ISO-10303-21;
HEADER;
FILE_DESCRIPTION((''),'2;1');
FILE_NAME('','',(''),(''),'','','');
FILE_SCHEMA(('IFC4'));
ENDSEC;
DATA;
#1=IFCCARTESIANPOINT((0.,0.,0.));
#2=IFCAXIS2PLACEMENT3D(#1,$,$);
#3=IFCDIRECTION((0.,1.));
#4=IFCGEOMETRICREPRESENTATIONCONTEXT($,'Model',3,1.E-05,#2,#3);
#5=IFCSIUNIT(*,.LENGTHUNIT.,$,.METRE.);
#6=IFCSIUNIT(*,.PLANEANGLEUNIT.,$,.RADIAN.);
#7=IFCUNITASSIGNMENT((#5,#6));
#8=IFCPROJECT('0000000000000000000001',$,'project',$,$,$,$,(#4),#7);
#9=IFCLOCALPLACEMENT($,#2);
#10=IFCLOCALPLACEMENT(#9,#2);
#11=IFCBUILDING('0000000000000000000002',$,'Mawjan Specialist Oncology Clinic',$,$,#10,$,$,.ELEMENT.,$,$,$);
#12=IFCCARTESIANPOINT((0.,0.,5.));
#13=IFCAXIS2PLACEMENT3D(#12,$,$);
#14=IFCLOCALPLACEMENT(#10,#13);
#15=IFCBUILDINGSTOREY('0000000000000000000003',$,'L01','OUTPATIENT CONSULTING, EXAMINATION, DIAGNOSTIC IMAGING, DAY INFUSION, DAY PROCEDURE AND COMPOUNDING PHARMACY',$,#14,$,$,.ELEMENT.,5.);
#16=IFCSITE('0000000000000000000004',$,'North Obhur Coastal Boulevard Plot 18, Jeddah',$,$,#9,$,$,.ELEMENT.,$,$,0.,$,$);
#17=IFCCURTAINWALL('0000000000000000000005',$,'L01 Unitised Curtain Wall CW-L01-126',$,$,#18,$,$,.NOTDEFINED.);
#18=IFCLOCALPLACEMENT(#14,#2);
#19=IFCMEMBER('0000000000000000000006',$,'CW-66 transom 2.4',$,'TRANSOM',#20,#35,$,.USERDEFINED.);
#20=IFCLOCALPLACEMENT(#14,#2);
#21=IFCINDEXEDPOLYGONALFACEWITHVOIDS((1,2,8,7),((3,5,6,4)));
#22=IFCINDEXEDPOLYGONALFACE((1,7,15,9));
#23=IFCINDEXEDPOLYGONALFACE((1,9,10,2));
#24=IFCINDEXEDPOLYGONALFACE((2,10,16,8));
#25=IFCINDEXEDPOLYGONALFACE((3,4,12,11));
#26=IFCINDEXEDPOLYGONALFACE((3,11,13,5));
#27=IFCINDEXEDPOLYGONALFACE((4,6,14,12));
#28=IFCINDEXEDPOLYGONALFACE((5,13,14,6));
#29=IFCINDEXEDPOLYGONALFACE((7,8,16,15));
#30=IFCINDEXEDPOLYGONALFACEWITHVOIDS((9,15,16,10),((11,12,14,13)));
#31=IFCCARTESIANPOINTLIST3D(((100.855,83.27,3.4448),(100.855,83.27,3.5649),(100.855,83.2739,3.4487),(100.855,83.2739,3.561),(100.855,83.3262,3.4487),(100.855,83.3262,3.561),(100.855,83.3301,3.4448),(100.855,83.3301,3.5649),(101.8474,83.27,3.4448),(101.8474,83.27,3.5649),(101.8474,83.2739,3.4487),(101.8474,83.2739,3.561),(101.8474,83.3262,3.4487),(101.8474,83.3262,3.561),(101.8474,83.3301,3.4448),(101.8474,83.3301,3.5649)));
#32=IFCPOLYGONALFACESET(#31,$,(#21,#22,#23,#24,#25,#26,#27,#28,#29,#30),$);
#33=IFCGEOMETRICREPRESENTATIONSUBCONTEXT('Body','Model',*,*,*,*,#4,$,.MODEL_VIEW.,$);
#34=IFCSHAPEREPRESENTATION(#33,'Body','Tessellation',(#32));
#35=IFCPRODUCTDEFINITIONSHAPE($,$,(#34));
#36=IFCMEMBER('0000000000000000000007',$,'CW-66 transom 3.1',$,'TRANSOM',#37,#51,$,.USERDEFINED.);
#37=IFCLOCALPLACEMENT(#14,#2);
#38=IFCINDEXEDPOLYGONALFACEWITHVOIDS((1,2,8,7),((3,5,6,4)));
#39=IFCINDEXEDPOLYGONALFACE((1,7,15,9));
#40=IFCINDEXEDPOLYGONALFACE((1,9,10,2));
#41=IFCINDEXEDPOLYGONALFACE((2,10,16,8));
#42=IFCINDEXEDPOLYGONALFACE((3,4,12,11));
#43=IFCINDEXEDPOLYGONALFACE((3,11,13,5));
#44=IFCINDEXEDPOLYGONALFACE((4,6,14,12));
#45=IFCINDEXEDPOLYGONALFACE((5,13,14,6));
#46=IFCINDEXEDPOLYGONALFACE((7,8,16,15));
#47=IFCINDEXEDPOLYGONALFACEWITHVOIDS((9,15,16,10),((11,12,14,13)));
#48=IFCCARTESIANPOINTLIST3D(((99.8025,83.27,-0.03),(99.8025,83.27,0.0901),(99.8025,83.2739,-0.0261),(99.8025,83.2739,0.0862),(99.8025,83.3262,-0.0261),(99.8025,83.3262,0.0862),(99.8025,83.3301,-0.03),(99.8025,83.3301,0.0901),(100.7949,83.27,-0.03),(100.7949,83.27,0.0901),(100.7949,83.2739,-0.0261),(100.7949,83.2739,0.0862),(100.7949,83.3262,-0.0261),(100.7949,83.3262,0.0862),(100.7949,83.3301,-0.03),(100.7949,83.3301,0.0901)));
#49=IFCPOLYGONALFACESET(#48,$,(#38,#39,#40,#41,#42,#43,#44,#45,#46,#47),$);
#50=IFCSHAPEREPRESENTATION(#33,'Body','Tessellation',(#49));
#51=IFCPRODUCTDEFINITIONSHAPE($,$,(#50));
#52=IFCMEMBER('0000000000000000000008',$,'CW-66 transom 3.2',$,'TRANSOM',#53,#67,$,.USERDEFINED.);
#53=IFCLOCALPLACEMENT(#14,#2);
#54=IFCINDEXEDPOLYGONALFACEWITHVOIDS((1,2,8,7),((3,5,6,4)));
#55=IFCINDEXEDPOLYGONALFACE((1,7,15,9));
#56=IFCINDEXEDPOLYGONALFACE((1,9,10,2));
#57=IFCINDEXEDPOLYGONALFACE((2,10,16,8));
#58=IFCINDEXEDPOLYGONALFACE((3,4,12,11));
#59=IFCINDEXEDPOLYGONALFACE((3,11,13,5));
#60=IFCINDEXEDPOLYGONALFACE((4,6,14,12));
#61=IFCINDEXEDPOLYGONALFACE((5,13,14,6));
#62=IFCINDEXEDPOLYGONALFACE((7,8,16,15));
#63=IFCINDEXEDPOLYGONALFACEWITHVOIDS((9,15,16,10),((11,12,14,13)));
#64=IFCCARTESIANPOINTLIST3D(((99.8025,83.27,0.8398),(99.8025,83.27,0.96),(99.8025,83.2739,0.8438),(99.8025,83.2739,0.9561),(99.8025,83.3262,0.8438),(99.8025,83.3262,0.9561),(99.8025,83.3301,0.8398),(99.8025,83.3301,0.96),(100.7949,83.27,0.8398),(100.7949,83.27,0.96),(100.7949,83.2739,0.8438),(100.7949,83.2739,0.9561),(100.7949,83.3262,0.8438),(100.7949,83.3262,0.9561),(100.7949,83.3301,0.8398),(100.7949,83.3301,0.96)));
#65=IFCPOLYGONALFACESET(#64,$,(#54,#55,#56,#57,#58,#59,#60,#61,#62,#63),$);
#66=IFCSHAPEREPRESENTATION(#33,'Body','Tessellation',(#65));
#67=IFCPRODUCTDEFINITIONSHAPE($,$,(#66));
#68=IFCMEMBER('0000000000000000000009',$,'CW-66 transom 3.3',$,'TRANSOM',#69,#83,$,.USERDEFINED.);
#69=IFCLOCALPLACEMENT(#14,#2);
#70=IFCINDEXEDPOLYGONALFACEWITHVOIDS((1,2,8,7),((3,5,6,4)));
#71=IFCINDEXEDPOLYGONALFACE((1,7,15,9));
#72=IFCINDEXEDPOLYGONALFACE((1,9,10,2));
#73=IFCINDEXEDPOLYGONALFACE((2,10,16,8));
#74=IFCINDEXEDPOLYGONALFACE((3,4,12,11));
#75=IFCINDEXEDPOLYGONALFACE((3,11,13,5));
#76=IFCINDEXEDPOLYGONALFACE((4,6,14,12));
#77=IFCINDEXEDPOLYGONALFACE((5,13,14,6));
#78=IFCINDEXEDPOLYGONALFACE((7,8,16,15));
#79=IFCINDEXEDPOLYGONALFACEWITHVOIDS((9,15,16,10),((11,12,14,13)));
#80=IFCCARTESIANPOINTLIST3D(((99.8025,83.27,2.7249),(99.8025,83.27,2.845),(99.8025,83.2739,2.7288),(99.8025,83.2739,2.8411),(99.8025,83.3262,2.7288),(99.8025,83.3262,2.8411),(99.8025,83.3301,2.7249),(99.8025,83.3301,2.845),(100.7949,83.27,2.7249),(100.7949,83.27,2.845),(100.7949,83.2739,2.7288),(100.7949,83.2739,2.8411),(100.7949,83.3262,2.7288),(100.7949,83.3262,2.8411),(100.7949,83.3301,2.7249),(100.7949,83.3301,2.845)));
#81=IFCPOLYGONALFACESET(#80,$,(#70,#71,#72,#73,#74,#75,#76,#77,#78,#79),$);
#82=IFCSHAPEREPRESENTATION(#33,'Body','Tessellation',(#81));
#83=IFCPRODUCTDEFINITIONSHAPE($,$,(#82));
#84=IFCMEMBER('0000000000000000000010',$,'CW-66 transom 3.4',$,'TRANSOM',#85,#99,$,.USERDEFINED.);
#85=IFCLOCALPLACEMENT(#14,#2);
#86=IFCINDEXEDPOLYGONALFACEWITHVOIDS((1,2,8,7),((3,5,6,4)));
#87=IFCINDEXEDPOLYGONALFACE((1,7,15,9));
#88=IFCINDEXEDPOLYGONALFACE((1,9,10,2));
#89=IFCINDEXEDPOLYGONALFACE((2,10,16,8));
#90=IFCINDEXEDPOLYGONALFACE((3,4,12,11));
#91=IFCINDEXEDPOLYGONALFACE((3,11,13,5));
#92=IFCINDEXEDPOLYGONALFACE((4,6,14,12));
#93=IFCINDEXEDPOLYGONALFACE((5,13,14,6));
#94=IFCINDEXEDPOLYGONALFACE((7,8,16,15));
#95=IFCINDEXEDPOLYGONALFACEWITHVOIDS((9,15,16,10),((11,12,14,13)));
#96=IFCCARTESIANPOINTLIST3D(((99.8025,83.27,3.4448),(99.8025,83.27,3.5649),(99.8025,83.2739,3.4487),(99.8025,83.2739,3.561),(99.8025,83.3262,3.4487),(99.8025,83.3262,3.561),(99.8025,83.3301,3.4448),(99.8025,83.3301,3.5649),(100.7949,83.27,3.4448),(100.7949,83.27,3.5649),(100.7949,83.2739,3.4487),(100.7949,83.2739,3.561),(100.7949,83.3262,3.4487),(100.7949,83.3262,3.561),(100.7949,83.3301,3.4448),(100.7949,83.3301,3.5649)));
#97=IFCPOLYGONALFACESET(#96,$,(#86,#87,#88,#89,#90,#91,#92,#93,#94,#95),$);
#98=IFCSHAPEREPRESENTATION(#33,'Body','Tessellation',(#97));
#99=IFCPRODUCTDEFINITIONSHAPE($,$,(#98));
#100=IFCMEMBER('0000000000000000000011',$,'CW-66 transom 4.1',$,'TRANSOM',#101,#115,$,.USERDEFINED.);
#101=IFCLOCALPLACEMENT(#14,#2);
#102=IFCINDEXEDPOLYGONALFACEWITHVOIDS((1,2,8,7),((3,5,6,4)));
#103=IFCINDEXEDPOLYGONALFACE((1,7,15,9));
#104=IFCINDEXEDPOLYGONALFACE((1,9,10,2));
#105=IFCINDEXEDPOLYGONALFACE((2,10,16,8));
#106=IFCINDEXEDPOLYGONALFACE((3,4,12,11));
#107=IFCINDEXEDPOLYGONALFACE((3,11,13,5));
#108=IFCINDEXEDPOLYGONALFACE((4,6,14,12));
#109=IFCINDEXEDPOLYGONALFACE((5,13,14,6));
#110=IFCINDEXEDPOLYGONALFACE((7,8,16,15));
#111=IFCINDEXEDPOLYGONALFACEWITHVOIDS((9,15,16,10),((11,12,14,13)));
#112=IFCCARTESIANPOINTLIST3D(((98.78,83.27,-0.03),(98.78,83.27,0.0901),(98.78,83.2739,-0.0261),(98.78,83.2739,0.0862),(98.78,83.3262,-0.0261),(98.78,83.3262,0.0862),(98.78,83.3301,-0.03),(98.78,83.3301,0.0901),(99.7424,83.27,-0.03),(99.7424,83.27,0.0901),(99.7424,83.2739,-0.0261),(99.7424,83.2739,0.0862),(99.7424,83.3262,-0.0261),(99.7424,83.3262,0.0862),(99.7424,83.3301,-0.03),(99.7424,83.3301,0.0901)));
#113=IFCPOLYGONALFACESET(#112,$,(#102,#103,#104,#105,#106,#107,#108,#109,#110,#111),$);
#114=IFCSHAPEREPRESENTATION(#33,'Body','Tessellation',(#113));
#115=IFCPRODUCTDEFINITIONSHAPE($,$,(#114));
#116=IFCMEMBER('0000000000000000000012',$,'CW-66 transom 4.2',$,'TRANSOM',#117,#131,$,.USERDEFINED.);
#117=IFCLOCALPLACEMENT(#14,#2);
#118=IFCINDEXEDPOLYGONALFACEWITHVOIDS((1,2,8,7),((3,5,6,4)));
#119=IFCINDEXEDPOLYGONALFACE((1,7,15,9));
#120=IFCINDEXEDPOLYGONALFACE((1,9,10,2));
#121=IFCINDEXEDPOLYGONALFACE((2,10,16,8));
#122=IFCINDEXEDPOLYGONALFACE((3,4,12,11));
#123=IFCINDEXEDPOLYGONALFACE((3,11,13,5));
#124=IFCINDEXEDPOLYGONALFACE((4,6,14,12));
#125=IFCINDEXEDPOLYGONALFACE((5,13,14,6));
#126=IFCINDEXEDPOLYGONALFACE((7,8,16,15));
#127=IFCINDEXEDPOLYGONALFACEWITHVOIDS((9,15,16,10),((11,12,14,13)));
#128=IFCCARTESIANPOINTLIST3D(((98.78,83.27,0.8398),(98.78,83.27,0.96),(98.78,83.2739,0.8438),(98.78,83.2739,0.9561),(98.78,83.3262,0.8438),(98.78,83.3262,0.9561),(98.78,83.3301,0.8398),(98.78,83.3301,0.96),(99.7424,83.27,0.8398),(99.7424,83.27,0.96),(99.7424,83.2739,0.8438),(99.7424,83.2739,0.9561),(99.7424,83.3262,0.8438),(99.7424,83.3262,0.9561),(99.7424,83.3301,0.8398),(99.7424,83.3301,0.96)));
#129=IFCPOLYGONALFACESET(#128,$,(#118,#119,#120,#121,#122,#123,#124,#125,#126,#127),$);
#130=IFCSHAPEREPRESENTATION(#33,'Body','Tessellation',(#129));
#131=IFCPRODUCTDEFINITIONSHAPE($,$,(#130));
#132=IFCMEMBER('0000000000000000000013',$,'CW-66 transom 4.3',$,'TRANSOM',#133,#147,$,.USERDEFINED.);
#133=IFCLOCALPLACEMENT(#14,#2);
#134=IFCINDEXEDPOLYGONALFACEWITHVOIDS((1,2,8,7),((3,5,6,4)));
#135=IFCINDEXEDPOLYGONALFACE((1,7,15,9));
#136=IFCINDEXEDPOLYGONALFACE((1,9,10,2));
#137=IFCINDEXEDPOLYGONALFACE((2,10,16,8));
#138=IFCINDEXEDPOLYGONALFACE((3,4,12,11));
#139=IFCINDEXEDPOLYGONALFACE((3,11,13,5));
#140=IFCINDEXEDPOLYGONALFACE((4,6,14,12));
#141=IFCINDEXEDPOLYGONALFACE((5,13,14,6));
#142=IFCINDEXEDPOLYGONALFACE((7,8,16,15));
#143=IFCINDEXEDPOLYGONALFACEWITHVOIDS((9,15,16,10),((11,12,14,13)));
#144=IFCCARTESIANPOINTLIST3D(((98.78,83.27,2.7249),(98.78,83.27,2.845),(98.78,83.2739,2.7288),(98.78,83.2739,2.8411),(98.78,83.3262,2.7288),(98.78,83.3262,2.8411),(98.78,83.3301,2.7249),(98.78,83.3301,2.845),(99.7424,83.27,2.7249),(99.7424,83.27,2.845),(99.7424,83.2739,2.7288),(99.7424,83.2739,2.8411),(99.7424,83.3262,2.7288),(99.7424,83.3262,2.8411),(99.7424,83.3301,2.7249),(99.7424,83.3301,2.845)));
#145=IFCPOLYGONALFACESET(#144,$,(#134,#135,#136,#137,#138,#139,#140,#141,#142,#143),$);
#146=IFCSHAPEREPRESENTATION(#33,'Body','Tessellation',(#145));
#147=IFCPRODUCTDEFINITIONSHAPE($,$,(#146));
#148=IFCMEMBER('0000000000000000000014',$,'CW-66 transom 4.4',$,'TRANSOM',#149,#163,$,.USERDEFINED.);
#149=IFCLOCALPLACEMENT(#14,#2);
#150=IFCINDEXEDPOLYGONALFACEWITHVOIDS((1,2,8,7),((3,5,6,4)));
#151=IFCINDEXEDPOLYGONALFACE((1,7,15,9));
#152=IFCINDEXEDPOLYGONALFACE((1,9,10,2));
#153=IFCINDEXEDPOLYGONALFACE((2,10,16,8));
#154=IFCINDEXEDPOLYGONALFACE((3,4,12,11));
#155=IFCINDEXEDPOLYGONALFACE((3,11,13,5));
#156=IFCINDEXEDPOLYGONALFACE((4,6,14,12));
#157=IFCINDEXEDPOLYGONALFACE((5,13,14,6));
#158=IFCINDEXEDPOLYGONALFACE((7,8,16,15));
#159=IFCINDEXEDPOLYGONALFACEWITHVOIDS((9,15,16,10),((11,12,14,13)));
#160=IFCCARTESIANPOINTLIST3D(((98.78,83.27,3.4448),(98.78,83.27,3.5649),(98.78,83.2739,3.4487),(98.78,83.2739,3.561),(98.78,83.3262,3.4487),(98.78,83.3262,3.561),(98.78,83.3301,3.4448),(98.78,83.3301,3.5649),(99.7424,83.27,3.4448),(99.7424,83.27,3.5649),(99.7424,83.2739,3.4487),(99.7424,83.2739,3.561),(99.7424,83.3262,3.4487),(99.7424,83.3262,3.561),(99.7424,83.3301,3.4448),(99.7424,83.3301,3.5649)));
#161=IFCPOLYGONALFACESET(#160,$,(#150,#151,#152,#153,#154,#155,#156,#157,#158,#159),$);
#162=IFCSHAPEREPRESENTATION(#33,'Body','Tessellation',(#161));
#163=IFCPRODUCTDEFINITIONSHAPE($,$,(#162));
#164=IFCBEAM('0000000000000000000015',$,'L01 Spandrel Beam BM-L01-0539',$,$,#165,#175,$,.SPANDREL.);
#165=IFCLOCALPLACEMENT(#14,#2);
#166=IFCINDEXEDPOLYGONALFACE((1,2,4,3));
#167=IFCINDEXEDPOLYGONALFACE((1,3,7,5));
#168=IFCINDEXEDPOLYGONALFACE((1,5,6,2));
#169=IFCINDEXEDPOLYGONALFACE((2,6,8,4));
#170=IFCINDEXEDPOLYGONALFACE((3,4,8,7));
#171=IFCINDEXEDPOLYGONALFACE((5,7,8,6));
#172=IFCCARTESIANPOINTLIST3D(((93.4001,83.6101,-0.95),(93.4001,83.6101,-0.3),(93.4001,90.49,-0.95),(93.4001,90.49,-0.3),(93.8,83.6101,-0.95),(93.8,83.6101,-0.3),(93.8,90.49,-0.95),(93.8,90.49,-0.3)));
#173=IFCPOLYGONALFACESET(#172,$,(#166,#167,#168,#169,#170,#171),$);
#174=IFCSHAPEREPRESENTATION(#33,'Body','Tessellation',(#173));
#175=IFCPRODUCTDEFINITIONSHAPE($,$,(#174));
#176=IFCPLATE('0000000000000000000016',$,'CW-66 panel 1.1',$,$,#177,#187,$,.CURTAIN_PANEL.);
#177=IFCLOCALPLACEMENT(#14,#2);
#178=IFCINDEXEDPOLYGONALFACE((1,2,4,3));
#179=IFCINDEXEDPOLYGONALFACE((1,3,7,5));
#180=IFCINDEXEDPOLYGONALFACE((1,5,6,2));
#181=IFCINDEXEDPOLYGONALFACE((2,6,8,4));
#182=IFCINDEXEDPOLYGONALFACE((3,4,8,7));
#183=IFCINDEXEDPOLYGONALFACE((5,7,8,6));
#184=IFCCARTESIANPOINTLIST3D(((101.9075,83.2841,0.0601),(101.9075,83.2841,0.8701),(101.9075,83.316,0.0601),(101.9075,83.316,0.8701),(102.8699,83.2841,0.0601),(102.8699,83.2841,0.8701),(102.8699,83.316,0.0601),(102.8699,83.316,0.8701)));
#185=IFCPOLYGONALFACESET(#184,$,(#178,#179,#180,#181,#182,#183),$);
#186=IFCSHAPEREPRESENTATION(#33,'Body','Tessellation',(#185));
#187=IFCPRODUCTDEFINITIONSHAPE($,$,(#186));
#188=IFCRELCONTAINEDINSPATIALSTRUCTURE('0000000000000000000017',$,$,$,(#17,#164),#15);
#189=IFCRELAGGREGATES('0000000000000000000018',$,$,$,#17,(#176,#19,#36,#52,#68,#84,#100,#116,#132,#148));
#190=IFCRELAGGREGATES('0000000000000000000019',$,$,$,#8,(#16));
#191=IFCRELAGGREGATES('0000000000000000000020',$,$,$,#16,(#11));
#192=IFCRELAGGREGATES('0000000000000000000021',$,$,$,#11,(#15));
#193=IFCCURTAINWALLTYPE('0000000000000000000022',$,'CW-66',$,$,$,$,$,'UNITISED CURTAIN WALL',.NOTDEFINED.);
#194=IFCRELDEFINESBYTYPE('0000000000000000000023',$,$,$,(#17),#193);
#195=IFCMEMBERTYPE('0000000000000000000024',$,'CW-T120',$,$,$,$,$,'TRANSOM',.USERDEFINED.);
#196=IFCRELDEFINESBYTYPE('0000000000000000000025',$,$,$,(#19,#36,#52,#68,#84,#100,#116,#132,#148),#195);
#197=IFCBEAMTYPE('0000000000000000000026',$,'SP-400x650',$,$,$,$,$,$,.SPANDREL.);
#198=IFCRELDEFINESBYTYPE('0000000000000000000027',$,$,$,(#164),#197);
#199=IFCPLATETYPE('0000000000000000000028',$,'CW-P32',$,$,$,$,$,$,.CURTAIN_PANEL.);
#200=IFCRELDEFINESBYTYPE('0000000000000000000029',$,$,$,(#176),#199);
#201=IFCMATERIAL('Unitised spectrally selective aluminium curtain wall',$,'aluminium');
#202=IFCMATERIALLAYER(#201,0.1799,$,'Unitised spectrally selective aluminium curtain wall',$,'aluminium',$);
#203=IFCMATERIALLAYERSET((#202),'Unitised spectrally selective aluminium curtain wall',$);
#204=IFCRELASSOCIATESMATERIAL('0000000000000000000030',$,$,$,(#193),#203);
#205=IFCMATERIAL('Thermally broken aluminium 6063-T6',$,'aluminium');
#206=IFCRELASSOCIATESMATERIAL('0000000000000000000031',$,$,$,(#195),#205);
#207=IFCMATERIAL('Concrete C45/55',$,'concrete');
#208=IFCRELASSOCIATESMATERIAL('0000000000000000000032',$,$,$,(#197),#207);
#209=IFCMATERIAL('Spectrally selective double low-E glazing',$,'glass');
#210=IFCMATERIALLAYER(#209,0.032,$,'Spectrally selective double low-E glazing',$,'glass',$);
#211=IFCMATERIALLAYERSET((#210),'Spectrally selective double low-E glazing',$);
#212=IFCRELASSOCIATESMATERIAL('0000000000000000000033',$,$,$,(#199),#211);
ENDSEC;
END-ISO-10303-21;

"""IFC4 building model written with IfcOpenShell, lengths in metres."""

from ifc_helpers import new_model, si_unit, direction, frame, origin, origin_2d, place, context, subcontext, project, spatial, rectangle, hollow_rectangle, extrude, material, layer, layer_set, material_profile, profile_set, type_object, element, aggregate, save


model = new_model("IFC4")

# Units and contexts
model_context = context("Model", 3, precision=1e-05, world=origin(), true_north=direction((0.0, 1.0)))
body_context = subcontext(model_context, "Body", "Model", "MODEL_VIEW")
ifc_project = project(units=[si_unit("LENGTHUNIT", "METRE"), si_unit("PLANEANGLEUNIT", "RADIAN")], contexts=[model_context])

# Site, building, storey
site_placement = place(None, origin())
site = spatial("IfcSite", under=ifc_project, at=site_placement, Name="North Obhur Coastal Boulevard Plot 18, Jeddah", CompositionType="ELEMENT", RefElevation=0.0)
building_placement = place(site_placement, origin())
building = spatial("IfcBuilding", under=site, at=building_placement, Name="Mawjan Specialist Oncology Clinic", CompositionType="ELEMENT")
storey_placement = place(building_placement, frame((0.0, 0.0, 5.0)))
storey = spatial("IfcBuildingStorey", under=building, at=storey_placement, Name="L01", Description="OUTPATIENT CONSULTING, EXAMINATION, DIAGNOSTIC IMAGING, DAY INFUSION, DAY PROCEDURE AND COMPOUNDING PHARMACY", CompositionType="ELEMENT", Elevation=5.0)

# Curtain wall, members
ifc_material_1 = material(Name="Unitised spectrally selective aluminium curtain wall", Category="aluminium")
ifc_layer_1 = layer(ifc_material_1, 0.1799, Name="Unitised spectrally selective aluminium curtain wall", Category="aluminium")
ifc_layer_set_1 = layer_set([ifc_layer_1], Name="Unitised spectrally selective aluminium curtain wall")
curtain_wall_type = type_object("IfcCurtainWallType", Name="CW-66", ElementType="UNITISED CURTAIN WALL", PredefinedType="NOTDEFINED", material=ifc_layer_set_1)
curtain_wall_placement = place(storey_placement, origin())
curtain_wall = element("IfcCurtainWall", 1, at=curtain_wall_placement, inside=storey, type_object=curtain_wall_type, Name="L01 Unitised Curtain Wall CW-L01-126", PredefinedType="NOTDEFINED")
ifc_material_2 = material(Name="Thermally broken aluminium 6063-T6", Category="aluminium")
ifc_material_profile_1 = material_profile(ifc_material_2, hollow_rectangle(XDim=0.0601, YDim=0.1201, WallThickness=0.0039, at=origin_2d()), Name="ALU TRANSOM 120x60x4", Category="aluminium")
ifc_profile_set_1 = profile_set([ifc_material_profile_1], Name="Thermally broken aluminium 6063-T6")
member_type_1 = type_object("IfcMemberType", Name="CW-T120", ElementType="TRANSOM", PredefinedType="USERDEFINED", material=ifc_profile_set_1)
member_1_placement = place(storey_placement, frame((101.8474, 83.3, 3.5049), z_axis=(-1.0, 0.0, 0.0), x_axis=(0.0, -1.0, 0.0)))
member_1 = element("IfcMember", 2, at=member_1_placement, type_object=member_type_1, Name="CW-66 transom 2.4", ObjectType="TRANSOM", PredefinedType="USERDEFINED", context=body_context, shape_type="SweptSolid", body=[
    extrude(hollow_rectangle(XDim=0.0601, YDim=0.1201, WallThickness=0.0039, at=origin_2d()), origin(), (0.0, 0.0, 1.0), 0.9924),
])
member_2_placement = place(storey_placement, frame((100.7949, 83.3, 0.03), z_axis=(-1.0, 0.0, 0.0), x_axis=(0.0, -1.0, 0.0)))
member_2 = element("IfcMember", 3, at=member_2_placement, type_object=member_type_1, Name="CW-66 transom 3.1", ObjectType="TRANSOM", PredefinedType="USERDEFINED", context=body_context, shape_type="SweptSolid", body=[
    extrude(hollow_rectangle(XDim=0.0601, YDim=0.1201, WallThickness=0.0039, at=origin_2d()), origin(), (0.0, 0.0, 1.0), 0.9924),
])
member_3_placement = place(storey_placement, frame((100.7949, 83.3, 0.8999), z_axis=(-1.0, 0.0, 0.0), x_axis=(0.0, -1.0, 0.0)))
member_3 = element("IfcMember", 4, at=member_3_placement, type_object=member_type_1, Name="CW-66 transom 3.2", ObjectType="TRANSOM", PredefinedType="USERDEFINED", context=body_context, shape_type="SweptSolid", body=[
    extrude(hollow_rectangle(XDim=0.0601, YDim=0.1201, WallThickness=0.0039, at=origin_2d()), origin(), (0.0, 0.0, 1.0), 0.9924),
])
member_4_placement = place(storey_placement, frame((100.7949, 83.3, 2.7849), z_axis=(-1.0, 0.0, 0.0), x_axis=(0.0, -1.0, 0.0)))
member_4 = element("IfcMember", 5, at=member_4_placement, type_object=member_type_1, Name="CW-66 transom 3.3", ObjectType="TRANSOM", PredefinedType="USERDEFINED", context=body_context, shape_type="SweptSolid", body=[
    extrude(hollow_rectangle(XDim=0.0601, YDim=0.1201, WallThickness=0.0039, at=origin_2d()), origin(), (0.0, 0.0, 1.0), 0.9924),
])
member_5_placement = place(storey_placement, frame((100.7949, 83.3, 3.5049), z_axis=(-1.0, 0.0, 0.0), x_axis=(0.0, -1.0, 0.0)))
member_5 = element("IfcMember", 6, at=member_5_placement, type_object=member_type_1, Name="CW-66 transom 3.4", ObjectType="TRANSOM", PredefinedType="USERDEFINED", context=body_context, shape_type="SweptSolid", body=[
    extrude(hollow_rectangle(XDim=0.0601, YDim=0.1201, WallThickness=0.0039, at=origin_2d()), origin(), (0.0, 0.0, 1.0), 0.9924),
])
member_6_placement = place(storey_placement, frame((99.7424, 83.3, 0.03), z_axis=(-1.0, 0.0, 0.0), x_axis=(0.0, -1.0, 0.0)))
member_6 = element("IfcMember", 7, at=member_6_placement, type_object=member_type_1, Name="CW-66 transom 4.1", ObjectType="TRANSOM", PredefinedType="USERDEFINED", context=body_context, shape_type="SweptSolid", body=[
    extrude(hollow_rectangle(XDim=0.0601, YDim=0.1201, WallThickness=0.0039, at=origin_2d()), origin(), (0.0, 0.0, 1.0), 0.9624),
])
member_7_placement = place(storey_placement, frame((99.7424, 83.3, 0.8999), z_axis=(-1.0, 0.0, 0.0), x_axis=(0.0, -1.0, 0.0)))
member_7 = element("IfcMember", 8, at=member_7_placement, type_object=member_type_1, Name="CW-66 transom 4.2", ObjectType="TRANSOM", PredefinedType="USERDEFINED", context=body_context, shape_type="SweptSolid", body=[
    extrude(hollow_rectangle(XDim=0.0601, YDim=0.1201, WallThickness=0.0039, at=origin_2d()), origin(), (0.0, 0.0, 1.0), 0.9624),
])
member_8_placement = place(storey_placement, frame((99.7424, 83.3, 2.7849), z_axis=(-1.0, 0.0, 0.0), x_axis=(0.0, -1.0, 0.0)))
member_8 = element("IfcMember", 9, at=member_8_placement, type_object=member_type_1, Name="CW-66 transom 4.3", ObjectType="TRANSOM", PredefinedType="USERDEFINED", context=body_context, shape_type="SweptSolid", body=[
    extrude(hollow_rectangle(XDim=0.0601, YDim=0.1201, WallThickness=0.0039, at=origin_2d()), origin(), (0.0, 0.0, 1.0), 0.9624),
])
member_9_placement = place(storey_placement, frame((99.7424, 83.3, 3.5049), z_axis=(-1.0, 0.0, 0.0), x_axis=(0.0, -1.0, 0.0)))
member_9 = element("IfcMember", 10, at=member_9_placement, type_object=member_type_1, Name="CW-66 transom 4.4", ObjectType="TRANSOM", PredefinedType="USERDEFINED", context=body_context, shape_type="SweptSolid", body=[
    extrude(hollow_rectangle(XDim=0.0601, YDim=0.1201, WallThickness=0.0039, at=origin_2d()), origin(), (0.0, 0.0, 1.0), 0.9624),
])

# Beam
ifc_material_3 = material(Name="Concrete C45/55", Category="concrete")
ifc_material_profile_2 = material_profile(ifc_material_3, rectangle(XDim=0.3999, YDim=0.6499, at=origin_2d()), Name="RC BM 400x650", Category="concrete")
ifc_profile_set_2 = profile_set([ifc_material_profile_2], Name="Concrete C45/55")
beam_type_1 = type_object("IfcBeamType", Name="SP-400x650", PredefinedType="SPANDREL", material=ifc_profile_set_2)
beam_1_placement = place(storey_placement, frame((93.6001, 83.6101, -0.625), z_axis=(0.0, 1.0, 0.0), x_axis=(-1.0, 0.0, 0.0)))
element("IfcBeam", 11, at=beam_1_placement, inside=storey, type_object=beam_type_1, Name="L01 Spandrel Beam BM-L01-0539", PredefinedType="SPANDREL", context=body_context, shape_type="SweptSolid", body=[
    extrude(rectangle(XDim=0.3999, YDim=0.6499, at=origin_2d()), origin(), (0.0, 0.0, 1.0), 6.8799),
])

# Plate
ifc_material_4 = material(Name="Spectrally selective double low-E glazing", Category="glass")
ifc_layer_2 = layer(ifc_material_4, 0.032, Name="Spectrally selective double low-E glazing", Category="glass")
ifc_layer_set_2 = layer_set([ifc_layer_2], Name="Spectrally selective double low-E glazing")
plate_type = type_object("IfcPlateType", Name="CW-P32", PredefinedType="CURTAIN_PANEL", material=ifc_layer_set_2)
plate_1_placement = place(storey_placement, frame((102.3887, 83.3, 0.0601), z_axis=(0.0, 0.0, 1.0), x_axis=(-1.0, 0.0, 0.0)))
plate_1 = element("IfcPlate", 12, at=plate_1_placement, type_object=plate_type, Name="CW-66 panel 1.1", PredefinedType="CURTAIN_PANEL", context=body_context, shape_type="SweptSolid", body=[
    extrude(rectangle(XDim=0.9624, YDim=0.032, at=origin_2d()), origin(), (0.0, 0.0, 1.0), 0.8101),
])
aggregate(curtain_wall, [plate_1, member_1, member_2, member_3, member_4, member_5, member_6, member_7, member_8, member_9])

save(model, "model.ifc")
